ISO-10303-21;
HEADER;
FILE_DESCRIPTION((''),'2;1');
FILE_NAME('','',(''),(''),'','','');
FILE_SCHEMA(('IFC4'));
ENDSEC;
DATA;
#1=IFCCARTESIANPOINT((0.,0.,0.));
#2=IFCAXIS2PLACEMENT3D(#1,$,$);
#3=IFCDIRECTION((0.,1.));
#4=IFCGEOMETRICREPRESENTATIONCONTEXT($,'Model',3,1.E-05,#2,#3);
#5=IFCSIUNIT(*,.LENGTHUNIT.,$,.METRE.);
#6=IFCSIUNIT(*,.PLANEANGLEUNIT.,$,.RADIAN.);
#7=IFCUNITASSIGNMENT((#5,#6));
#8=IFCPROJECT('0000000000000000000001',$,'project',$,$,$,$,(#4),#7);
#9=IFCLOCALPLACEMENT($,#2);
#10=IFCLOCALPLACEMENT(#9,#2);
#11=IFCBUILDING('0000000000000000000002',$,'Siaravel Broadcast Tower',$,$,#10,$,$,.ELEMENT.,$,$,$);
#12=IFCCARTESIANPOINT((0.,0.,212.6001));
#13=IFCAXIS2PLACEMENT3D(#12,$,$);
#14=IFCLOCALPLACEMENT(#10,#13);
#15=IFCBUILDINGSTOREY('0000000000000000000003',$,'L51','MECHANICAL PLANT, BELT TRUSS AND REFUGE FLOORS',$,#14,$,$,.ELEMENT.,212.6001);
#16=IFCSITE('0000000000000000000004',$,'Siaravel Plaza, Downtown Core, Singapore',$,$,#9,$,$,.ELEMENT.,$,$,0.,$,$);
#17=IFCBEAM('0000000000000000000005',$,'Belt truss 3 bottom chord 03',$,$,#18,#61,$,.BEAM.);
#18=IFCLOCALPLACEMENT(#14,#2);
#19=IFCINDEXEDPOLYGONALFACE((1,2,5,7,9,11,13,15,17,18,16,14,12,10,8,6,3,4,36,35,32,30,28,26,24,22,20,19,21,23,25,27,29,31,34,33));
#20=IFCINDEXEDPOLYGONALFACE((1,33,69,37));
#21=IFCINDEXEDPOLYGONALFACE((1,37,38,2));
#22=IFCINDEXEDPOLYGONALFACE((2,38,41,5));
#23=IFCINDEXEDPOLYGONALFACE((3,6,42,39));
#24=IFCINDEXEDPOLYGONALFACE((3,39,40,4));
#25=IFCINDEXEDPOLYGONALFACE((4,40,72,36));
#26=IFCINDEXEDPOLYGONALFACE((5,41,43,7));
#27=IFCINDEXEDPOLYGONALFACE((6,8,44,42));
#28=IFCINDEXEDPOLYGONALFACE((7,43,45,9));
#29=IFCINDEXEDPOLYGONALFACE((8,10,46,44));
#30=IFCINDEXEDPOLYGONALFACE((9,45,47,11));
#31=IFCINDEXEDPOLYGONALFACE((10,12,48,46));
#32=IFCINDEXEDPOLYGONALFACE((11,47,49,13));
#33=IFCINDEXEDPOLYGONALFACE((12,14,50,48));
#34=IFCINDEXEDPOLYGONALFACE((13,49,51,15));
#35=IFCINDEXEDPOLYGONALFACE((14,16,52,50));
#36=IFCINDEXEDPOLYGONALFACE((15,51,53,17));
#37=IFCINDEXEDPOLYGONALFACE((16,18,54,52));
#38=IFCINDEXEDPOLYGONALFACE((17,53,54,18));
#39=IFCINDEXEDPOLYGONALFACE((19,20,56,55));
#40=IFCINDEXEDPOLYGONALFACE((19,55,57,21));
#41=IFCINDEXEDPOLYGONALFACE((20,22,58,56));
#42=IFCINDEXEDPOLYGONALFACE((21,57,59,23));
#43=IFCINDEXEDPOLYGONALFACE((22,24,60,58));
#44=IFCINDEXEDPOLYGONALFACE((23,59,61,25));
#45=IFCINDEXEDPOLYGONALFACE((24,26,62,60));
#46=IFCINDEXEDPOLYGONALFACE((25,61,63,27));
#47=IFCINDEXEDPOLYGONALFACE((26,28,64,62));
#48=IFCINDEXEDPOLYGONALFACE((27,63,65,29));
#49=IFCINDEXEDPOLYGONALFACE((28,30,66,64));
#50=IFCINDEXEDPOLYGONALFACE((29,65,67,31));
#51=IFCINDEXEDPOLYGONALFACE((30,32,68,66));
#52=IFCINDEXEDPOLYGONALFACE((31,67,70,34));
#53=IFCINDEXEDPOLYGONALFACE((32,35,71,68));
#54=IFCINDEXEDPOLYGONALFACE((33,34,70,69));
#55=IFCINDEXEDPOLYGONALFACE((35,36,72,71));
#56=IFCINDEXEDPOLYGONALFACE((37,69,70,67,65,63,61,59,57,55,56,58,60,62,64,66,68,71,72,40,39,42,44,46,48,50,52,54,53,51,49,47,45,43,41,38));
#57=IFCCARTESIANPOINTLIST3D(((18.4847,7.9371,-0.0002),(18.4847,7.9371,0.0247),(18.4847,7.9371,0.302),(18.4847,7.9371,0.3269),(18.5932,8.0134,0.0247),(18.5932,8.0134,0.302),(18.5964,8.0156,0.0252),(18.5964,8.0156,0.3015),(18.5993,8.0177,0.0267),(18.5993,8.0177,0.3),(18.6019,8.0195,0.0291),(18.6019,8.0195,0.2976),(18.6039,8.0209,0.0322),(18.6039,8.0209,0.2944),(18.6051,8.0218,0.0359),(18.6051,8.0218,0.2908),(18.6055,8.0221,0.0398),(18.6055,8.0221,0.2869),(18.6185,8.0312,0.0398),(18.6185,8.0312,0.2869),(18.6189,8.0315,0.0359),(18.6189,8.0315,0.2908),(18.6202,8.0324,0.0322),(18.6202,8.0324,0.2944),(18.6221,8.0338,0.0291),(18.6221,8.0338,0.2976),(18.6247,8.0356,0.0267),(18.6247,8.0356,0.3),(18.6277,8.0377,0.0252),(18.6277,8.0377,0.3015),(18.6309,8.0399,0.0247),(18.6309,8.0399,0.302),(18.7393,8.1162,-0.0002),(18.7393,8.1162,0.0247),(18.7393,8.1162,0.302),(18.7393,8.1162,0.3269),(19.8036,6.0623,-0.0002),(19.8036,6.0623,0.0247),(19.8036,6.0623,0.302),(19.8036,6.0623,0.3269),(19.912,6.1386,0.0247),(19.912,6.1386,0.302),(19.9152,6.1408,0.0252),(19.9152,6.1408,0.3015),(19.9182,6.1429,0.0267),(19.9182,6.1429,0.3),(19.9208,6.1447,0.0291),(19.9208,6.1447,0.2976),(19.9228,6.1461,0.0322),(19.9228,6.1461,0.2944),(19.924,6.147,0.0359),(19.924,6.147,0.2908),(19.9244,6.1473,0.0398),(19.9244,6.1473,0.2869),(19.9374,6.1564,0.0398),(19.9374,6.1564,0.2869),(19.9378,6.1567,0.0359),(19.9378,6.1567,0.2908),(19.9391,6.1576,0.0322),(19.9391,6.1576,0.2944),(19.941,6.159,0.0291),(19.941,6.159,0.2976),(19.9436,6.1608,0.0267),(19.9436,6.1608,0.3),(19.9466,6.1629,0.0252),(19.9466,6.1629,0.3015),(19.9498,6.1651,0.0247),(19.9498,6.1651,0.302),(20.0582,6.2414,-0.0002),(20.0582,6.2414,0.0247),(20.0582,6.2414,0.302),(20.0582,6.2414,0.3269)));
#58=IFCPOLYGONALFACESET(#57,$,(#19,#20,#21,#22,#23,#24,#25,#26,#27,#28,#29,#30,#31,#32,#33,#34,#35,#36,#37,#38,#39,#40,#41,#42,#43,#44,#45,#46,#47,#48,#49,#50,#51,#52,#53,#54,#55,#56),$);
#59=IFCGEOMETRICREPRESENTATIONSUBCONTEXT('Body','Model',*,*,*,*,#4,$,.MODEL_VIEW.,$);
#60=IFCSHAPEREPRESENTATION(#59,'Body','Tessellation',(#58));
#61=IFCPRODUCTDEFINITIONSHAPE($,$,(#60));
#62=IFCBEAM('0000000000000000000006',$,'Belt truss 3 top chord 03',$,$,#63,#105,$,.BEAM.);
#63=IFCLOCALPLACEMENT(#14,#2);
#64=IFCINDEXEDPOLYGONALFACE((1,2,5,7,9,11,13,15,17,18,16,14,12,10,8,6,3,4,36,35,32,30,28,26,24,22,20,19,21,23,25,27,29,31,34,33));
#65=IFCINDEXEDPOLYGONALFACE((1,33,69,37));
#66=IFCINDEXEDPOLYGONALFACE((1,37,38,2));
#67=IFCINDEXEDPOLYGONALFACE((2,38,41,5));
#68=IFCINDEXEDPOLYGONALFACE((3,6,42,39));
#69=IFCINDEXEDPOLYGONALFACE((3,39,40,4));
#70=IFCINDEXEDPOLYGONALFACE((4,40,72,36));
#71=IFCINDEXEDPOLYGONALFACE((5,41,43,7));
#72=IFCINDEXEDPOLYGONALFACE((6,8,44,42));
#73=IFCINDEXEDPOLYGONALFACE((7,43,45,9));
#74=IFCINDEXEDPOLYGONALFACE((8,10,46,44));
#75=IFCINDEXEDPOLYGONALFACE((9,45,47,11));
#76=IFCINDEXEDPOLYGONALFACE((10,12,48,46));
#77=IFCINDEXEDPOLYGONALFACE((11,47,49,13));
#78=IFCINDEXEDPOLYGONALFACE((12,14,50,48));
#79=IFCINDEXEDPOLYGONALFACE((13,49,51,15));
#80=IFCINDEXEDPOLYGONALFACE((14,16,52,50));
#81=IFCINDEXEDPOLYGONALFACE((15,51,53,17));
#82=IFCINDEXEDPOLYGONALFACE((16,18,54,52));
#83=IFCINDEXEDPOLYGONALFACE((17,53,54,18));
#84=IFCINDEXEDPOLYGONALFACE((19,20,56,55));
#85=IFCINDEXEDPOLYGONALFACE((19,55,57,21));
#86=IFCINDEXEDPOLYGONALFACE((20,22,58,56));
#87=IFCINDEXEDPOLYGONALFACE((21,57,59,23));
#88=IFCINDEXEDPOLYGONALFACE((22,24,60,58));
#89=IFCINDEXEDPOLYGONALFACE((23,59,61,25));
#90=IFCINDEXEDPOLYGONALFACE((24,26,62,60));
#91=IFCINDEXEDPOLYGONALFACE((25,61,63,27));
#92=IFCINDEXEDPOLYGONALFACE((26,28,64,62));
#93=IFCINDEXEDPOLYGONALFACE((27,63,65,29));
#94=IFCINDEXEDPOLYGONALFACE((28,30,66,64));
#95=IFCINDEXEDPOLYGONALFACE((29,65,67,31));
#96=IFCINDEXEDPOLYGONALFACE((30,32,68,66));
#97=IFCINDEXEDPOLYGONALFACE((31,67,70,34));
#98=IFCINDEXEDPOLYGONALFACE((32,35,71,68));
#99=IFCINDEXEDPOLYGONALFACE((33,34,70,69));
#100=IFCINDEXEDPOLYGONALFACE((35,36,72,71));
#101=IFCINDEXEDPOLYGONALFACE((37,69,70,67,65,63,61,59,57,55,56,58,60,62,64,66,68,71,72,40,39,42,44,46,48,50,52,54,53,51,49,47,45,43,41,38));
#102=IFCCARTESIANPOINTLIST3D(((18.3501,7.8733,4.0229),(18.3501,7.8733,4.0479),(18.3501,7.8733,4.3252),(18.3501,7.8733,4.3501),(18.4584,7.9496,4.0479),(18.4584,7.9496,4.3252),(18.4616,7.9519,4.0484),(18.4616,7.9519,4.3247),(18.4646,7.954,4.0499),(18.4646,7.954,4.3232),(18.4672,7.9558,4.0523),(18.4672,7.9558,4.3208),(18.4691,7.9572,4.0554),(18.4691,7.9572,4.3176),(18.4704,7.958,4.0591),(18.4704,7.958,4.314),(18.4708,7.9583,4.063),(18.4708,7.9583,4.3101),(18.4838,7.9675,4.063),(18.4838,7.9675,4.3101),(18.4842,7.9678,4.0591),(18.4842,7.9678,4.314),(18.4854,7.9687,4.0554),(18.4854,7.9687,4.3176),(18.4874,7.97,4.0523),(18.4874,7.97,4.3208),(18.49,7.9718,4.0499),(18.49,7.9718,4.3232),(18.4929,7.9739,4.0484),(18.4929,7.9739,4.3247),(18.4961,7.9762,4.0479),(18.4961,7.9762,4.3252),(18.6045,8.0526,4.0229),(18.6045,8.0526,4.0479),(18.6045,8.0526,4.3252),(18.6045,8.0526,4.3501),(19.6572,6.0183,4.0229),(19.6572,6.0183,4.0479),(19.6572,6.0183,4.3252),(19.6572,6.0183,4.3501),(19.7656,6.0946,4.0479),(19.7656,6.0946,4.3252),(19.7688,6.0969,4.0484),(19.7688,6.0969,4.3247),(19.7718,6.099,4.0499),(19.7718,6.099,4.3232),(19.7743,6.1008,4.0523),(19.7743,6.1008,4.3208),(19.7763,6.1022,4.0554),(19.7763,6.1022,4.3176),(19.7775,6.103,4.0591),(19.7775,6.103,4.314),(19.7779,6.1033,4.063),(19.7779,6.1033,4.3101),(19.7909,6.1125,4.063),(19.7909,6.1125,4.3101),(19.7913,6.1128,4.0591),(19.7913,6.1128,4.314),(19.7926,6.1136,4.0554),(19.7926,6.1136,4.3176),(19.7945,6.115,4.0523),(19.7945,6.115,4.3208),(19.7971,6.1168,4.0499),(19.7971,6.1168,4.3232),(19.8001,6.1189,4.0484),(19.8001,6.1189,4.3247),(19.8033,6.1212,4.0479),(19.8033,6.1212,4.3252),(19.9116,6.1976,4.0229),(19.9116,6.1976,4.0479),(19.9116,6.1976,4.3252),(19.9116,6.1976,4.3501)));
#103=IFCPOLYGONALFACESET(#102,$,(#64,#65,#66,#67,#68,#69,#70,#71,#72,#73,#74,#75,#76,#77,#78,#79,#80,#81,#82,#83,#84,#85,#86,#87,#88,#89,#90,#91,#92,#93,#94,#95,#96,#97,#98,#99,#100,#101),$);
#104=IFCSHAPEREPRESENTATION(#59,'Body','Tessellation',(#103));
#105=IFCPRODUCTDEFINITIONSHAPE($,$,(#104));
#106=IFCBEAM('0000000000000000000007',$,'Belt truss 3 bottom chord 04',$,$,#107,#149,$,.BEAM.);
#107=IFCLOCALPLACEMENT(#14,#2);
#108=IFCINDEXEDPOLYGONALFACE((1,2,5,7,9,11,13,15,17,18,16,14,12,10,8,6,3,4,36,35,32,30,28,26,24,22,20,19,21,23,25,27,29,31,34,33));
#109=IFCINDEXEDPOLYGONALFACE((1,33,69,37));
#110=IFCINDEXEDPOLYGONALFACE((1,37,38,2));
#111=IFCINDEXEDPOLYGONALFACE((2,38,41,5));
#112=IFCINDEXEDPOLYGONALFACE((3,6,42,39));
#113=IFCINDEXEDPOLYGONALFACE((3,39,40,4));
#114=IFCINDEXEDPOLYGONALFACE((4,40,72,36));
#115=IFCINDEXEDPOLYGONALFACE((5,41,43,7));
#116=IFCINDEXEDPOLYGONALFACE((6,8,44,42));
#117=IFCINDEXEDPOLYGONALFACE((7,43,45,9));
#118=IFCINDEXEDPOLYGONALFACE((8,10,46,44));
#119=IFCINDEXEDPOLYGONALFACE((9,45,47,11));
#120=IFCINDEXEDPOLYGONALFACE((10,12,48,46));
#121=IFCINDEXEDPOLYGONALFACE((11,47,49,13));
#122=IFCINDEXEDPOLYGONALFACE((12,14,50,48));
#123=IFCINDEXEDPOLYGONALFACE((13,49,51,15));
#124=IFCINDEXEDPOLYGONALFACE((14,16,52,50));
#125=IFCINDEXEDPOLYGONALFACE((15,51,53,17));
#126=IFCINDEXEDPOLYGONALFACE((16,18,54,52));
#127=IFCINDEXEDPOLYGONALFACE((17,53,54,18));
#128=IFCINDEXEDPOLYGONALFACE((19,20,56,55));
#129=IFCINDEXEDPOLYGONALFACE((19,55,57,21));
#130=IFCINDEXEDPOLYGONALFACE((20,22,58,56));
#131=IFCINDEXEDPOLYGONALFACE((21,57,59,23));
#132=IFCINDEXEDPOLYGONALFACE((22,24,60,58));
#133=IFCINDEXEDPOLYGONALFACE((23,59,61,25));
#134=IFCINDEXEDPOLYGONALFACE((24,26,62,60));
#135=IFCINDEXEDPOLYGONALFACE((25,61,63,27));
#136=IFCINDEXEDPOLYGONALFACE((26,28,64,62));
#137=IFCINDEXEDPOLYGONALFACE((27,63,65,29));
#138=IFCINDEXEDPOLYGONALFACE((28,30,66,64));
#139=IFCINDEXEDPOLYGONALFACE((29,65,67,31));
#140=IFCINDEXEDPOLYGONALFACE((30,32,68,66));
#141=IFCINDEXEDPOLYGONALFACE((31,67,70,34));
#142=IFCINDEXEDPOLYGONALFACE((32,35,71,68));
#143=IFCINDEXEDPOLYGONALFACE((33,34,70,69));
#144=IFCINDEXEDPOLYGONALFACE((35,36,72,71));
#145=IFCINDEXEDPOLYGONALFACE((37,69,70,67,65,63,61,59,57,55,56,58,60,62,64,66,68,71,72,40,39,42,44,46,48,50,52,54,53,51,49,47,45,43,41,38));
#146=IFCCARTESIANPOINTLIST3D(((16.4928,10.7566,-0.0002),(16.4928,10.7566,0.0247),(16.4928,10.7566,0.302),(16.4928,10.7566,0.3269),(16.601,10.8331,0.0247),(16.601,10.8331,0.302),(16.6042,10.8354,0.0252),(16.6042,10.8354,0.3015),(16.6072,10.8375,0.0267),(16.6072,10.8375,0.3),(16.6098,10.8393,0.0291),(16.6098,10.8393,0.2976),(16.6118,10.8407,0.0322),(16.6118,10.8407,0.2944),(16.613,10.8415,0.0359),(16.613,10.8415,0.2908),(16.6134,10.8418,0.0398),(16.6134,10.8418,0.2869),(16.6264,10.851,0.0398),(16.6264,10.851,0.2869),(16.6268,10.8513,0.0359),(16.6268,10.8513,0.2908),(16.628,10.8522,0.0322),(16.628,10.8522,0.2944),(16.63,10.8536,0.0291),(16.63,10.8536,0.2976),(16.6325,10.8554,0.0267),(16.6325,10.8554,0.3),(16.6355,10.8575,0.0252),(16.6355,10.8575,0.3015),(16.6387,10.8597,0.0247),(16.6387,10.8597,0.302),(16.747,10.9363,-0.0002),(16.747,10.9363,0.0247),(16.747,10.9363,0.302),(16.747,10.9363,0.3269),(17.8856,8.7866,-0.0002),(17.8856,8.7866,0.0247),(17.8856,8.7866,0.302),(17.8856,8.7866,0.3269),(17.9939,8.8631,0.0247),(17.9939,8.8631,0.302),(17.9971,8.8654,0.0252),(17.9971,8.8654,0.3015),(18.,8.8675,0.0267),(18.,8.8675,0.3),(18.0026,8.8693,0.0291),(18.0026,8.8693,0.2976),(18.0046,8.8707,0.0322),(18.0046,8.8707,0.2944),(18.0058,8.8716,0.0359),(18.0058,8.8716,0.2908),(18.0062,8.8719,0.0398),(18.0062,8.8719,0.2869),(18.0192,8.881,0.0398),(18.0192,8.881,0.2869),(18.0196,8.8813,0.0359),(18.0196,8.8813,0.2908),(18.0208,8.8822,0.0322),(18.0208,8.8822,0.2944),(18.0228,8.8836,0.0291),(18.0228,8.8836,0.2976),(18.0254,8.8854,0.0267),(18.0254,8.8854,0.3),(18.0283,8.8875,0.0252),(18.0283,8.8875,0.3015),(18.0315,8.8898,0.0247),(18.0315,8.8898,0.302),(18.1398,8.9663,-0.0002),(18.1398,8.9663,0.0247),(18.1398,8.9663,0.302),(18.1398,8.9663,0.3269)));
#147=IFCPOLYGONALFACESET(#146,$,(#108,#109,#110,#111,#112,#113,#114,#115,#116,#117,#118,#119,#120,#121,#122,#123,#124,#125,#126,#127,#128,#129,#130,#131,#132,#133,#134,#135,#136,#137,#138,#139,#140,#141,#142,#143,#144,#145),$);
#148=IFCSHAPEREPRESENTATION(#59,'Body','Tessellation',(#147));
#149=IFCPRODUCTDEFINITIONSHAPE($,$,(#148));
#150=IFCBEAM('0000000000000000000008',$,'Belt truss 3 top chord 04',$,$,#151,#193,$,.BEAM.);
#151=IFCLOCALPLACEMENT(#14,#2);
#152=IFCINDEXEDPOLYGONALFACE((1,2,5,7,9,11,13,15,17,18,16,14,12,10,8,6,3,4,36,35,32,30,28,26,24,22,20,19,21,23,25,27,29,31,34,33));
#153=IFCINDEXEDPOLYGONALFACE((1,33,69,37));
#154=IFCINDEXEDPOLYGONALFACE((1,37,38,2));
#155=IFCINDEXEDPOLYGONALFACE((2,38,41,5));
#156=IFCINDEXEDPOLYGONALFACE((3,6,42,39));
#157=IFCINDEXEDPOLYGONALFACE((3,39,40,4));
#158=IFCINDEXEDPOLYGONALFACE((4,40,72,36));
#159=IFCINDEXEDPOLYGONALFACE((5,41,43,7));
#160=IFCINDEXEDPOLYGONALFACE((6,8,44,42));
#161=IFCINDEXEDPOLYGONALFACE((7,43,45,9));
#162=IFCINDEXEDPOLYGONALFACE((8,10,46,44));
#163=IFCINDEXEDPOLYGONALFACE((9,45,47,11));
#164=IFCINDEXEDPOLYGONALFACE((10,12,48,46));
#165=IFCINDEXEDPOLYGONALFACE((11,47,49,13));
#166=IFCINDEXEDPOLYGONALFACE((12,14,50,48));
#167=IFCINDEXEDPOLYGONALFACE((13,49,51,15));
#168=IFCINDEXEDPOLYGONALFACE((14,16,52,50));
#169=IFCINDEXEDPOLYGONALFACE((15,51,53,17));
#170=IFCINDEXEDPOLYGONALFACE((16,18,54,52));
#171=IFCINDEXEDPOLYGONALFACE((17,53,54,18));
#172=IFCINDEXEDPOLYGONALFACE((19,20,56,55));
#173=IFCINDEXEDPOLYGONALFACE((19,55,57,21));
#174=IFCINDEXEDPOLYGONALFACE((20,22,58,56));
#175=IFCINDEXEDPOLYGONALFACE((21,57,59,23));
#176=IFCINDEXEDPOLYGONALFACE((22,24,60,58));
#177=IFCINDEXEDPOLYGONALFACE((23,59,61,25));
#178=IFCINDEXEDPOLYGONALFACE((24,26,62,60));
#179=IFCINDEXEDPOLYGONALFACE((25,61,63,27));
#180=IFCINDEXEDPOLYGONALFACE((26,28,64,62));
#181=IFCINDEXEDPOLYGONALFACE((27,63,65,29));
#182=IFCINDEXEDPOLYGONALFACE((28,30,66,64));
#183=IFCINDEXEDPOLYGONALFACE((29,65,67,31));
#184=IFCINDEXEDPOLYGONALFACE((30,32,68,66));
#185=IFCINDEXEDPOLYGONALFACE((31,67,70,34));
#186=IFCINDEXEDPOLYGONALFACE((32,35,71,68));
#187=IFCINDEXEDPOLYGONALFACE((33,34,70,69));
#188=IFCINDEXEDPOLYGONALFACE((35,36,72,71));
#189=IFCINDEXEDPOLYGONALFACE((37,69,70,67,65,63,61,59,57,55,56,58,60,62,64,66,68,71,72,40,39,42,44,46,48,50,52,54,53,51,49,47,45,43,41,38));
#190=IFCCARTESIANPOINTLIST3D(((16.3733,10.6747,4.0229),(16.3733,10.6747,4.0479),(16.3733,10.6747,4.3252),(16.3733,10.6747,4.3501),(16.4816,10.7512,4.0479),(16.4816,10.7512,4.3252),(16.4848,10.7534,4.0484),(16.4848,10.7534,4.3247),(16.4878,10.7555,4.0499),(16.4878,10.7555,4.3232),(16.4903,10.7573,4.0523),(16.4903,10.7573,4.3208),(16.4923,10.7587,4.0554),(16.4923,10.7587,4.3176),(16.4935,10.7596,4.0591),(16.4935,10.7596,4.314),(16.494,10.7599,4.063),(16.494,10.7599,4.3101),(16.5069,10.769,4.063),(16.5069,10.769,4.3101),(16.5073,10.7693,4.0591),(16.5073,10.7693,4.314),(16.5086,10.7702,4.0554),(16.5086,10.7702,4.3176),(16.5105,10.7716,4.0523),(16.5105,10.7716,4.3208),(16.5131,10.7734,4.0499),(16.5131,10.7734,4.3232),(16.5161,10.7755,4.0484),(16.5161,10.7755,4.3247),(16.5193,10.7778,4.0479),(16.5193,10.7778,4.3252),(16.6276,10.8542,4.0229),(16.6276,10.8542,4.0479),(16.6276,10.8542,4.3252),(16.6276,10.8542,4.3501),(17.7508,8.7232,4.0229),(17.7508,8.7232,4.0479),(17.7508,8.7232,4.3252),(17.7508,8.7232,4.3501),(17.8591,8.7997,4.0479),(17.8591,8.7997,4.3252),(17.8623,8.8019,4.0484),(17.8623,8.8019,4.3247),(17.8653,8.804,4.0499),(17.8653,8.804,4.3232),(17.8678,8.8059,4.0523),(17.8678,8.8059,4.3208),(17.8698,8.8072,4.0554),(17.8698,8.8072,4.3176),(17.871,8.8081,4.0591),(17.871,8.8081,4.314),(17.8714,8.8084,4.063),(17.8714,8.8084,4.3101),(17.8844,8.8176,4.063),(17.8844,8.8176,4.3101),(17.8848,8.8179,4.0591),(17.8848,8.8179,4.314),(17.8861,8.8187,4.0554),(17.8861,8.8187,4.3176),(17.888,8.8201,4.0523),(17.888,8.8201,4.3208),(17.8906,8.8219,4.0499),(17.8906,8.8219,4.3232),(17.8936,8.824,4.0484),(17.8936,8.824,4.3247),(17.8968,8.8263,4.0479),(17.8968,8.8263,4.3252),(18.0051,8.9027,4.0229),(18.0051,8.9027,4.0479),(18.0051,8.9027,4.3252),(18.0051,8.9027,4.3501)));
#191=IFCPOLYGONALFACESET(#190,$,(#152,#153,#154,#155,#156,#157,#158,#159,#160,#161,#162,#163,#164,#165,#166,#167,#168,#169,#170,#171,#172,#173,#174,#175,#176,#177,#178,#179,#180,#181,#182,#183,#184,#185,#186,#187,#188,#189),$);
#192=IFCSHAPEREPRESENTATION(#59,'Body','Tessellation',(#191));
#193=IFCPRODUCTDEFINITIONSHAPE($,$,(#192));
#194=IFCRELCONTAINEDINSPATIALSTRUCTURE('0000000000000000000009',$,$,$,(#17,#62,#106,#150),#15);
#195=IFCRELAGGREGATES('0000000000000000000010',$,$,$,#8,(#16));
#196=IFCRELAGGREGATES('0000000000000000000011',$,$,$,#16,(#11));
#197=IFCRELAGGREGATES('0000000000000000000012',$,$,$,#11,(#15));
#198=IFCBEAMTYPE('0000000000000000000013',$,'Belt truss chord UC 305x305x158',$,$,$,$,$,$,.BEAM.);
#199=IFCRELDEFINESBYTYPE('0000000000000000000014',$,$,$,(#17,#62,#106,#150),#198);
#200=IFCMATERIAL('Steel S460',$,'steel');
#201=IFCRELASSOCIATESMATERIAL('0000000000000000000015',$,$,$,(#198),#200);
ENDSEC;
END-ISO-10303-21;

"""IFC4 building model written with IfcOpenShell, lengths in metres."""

from ifc_helpers import new_model, si_unit, direction, frame, origin, origin_2d, place, context, subcontext, project, spatial, i_section, extrude, material, material_profile, profile_set, type_object, element, save


model = new_model("IFC4")

# Units and contexts
model_context = context("Model", 3, precision=1e-05, world=origin(), true_north=direction((0.0, 1.0)))
body_context = subcontext(model_context, "Body", "Model", "MODEL_VIEW")
ifc_project = project(units=[si_unit("LENGTHUNIT", "METRE"), si_unit("PLANEANGLEUNIT", "RADIAN")], contexts=[model_context])

# Site, building, storey
site_placement = place(None, origin())
site = spatial("IfcSite", under=ifc_project, at=site_placement, Name="Siaravel Plaza, Downtown Core, Singapore", CompositionType="ELEMENT", RefElevation=0.0)
building_placement = place(site_placement, origin())
building = spatial("IfcBuilding", under=site, at=building_placement, Name="Siaravel Broadcast Tower", CompositionType="ELEMENT")
storey_placement = place(building_placement, frame((0.0, 0.0, 212.6001)))
storey = spatial("IfcBuildingStorey", under=building, at=storey_placement, Name="L51", Description="MECHANICAL PLANT, BELT TRUSS AND REFUGE FLOORS", CompositionType="ELEMENT", Elevation=212.6001)

# Beams
ifc_material_1 = material(Name="Steel S460", Category="steel")
ifc_material_profile_1 = material_profile(ifc_material_1, i_section(OverallWidth=0.3113, OverallDepth=0.3271, WebThickness=0.0159, FlangeThickness=0.0249, FilletRadius=0.0151, at=origin_2d()))
ifc_profile_set_1 = profile_set([ifc_material_profile_1], Name="Steel S460")
beam_type_1 = type_object("IfcBeamType", Name="Belt truss chord UC 305x305x158", PredefinedType="BEAM", material=ifc_profile_set_1)
beam_1_placement = place(storey_placement, frame((19.9309, 6.1519, 0.1633), z_axis=(-0.575369, 0.817894, 0.0), x_axis=(-0.817894, -0.575369, 0.0)))
element("IfcBeam", 1, at=beam_1_placement, inside=storey, type_object=beam_type_1, Name="Belt truss 3 bottom chord 03", PredefinedType="BEAM", context=body_context, shape_type="SweptSolid", body=[
    extrude(i_section(OverallWidth=0.3113, OverallDepth=0.3271, WebThickness=0.0159, FlangeThickness=0.0249, FilletRadius=0.0151, at=origin_2d()), origin(), (0.0, 0.0, 1.0), 2.2922),
])
beam_2_placement = place(storey_placement, frame((19.7844, 6.1079, 4.1865), z_axis=(-0.576016, 0.817439, 0.0), x_axis=(-0.817439, -0.576016, 0.0)))
element("IfcBeam", 2, at=beam_2_placement, inside=storey, type_object=beam_type_1, Name="Belt truss 3 top chord 03", PredefinedType="BEAM", context=body_context, shape_type="SweptSolid", body=[
    extrude(i_section(OverallWidth=0.3113, OverallDepth=0.3271, WebThickness=0.0159, FlangeThickness=0.0249, FilletRadius=0.0151, at=origin_2d()), origin(), (0.0, 0.0, 1.0), 2.2693),
])
beam_3_placement = place(storey_placement, frame((18.0127, 8.8765, 0.1633), z_axis=(-0.577307, 0.816527, 0.0), x_axis=(-0.816527, -0.577307, 0.0)))
element("IfcBeam", 3, at=beam_3_placement, inside=storey, type_object=beam_type_1, Name="Belt truss 3 bottom chord 04", PredefinedType="BEAM", context=body_context, shape_type="SweptSolid", body=[
    extrude(i_section(OverallWidth=0.3113, OverallDepth=0.3271, WebThickness=0.0159, FlangeThickness=0.0249, FilletRadius=0.0151, at=origin_2d()), origin(), (0.0, 0.0, 1.0), 2.4126),
])
beam_4_placement = place(storey_placement, frame((17.8779, 8.813, 4.1865), z_axis=(-0.576675, 0.816974, 0.0), x_axis=(-0.816974, -0.576675, 0.0)))
element("IfcBeam", 4, at=beam_4_placement, inside=storey, type_object=beam_type_1, Name="Belt truss 3 top chord 04", PredefinedType="BEAM", context=body_context, shape_type="SweptSolid", body=[
    extrude(i_section(OverallWidth=0.3113, OverallDepth=0.3271, WebThickness=0.0159, FlangeThickness=0.0249, FilletRadius=0.0151, at=origin_2d()), origin(), (0.0, 0.0, 1.0), 2.3887),
])

save(model, "model.ifc")
